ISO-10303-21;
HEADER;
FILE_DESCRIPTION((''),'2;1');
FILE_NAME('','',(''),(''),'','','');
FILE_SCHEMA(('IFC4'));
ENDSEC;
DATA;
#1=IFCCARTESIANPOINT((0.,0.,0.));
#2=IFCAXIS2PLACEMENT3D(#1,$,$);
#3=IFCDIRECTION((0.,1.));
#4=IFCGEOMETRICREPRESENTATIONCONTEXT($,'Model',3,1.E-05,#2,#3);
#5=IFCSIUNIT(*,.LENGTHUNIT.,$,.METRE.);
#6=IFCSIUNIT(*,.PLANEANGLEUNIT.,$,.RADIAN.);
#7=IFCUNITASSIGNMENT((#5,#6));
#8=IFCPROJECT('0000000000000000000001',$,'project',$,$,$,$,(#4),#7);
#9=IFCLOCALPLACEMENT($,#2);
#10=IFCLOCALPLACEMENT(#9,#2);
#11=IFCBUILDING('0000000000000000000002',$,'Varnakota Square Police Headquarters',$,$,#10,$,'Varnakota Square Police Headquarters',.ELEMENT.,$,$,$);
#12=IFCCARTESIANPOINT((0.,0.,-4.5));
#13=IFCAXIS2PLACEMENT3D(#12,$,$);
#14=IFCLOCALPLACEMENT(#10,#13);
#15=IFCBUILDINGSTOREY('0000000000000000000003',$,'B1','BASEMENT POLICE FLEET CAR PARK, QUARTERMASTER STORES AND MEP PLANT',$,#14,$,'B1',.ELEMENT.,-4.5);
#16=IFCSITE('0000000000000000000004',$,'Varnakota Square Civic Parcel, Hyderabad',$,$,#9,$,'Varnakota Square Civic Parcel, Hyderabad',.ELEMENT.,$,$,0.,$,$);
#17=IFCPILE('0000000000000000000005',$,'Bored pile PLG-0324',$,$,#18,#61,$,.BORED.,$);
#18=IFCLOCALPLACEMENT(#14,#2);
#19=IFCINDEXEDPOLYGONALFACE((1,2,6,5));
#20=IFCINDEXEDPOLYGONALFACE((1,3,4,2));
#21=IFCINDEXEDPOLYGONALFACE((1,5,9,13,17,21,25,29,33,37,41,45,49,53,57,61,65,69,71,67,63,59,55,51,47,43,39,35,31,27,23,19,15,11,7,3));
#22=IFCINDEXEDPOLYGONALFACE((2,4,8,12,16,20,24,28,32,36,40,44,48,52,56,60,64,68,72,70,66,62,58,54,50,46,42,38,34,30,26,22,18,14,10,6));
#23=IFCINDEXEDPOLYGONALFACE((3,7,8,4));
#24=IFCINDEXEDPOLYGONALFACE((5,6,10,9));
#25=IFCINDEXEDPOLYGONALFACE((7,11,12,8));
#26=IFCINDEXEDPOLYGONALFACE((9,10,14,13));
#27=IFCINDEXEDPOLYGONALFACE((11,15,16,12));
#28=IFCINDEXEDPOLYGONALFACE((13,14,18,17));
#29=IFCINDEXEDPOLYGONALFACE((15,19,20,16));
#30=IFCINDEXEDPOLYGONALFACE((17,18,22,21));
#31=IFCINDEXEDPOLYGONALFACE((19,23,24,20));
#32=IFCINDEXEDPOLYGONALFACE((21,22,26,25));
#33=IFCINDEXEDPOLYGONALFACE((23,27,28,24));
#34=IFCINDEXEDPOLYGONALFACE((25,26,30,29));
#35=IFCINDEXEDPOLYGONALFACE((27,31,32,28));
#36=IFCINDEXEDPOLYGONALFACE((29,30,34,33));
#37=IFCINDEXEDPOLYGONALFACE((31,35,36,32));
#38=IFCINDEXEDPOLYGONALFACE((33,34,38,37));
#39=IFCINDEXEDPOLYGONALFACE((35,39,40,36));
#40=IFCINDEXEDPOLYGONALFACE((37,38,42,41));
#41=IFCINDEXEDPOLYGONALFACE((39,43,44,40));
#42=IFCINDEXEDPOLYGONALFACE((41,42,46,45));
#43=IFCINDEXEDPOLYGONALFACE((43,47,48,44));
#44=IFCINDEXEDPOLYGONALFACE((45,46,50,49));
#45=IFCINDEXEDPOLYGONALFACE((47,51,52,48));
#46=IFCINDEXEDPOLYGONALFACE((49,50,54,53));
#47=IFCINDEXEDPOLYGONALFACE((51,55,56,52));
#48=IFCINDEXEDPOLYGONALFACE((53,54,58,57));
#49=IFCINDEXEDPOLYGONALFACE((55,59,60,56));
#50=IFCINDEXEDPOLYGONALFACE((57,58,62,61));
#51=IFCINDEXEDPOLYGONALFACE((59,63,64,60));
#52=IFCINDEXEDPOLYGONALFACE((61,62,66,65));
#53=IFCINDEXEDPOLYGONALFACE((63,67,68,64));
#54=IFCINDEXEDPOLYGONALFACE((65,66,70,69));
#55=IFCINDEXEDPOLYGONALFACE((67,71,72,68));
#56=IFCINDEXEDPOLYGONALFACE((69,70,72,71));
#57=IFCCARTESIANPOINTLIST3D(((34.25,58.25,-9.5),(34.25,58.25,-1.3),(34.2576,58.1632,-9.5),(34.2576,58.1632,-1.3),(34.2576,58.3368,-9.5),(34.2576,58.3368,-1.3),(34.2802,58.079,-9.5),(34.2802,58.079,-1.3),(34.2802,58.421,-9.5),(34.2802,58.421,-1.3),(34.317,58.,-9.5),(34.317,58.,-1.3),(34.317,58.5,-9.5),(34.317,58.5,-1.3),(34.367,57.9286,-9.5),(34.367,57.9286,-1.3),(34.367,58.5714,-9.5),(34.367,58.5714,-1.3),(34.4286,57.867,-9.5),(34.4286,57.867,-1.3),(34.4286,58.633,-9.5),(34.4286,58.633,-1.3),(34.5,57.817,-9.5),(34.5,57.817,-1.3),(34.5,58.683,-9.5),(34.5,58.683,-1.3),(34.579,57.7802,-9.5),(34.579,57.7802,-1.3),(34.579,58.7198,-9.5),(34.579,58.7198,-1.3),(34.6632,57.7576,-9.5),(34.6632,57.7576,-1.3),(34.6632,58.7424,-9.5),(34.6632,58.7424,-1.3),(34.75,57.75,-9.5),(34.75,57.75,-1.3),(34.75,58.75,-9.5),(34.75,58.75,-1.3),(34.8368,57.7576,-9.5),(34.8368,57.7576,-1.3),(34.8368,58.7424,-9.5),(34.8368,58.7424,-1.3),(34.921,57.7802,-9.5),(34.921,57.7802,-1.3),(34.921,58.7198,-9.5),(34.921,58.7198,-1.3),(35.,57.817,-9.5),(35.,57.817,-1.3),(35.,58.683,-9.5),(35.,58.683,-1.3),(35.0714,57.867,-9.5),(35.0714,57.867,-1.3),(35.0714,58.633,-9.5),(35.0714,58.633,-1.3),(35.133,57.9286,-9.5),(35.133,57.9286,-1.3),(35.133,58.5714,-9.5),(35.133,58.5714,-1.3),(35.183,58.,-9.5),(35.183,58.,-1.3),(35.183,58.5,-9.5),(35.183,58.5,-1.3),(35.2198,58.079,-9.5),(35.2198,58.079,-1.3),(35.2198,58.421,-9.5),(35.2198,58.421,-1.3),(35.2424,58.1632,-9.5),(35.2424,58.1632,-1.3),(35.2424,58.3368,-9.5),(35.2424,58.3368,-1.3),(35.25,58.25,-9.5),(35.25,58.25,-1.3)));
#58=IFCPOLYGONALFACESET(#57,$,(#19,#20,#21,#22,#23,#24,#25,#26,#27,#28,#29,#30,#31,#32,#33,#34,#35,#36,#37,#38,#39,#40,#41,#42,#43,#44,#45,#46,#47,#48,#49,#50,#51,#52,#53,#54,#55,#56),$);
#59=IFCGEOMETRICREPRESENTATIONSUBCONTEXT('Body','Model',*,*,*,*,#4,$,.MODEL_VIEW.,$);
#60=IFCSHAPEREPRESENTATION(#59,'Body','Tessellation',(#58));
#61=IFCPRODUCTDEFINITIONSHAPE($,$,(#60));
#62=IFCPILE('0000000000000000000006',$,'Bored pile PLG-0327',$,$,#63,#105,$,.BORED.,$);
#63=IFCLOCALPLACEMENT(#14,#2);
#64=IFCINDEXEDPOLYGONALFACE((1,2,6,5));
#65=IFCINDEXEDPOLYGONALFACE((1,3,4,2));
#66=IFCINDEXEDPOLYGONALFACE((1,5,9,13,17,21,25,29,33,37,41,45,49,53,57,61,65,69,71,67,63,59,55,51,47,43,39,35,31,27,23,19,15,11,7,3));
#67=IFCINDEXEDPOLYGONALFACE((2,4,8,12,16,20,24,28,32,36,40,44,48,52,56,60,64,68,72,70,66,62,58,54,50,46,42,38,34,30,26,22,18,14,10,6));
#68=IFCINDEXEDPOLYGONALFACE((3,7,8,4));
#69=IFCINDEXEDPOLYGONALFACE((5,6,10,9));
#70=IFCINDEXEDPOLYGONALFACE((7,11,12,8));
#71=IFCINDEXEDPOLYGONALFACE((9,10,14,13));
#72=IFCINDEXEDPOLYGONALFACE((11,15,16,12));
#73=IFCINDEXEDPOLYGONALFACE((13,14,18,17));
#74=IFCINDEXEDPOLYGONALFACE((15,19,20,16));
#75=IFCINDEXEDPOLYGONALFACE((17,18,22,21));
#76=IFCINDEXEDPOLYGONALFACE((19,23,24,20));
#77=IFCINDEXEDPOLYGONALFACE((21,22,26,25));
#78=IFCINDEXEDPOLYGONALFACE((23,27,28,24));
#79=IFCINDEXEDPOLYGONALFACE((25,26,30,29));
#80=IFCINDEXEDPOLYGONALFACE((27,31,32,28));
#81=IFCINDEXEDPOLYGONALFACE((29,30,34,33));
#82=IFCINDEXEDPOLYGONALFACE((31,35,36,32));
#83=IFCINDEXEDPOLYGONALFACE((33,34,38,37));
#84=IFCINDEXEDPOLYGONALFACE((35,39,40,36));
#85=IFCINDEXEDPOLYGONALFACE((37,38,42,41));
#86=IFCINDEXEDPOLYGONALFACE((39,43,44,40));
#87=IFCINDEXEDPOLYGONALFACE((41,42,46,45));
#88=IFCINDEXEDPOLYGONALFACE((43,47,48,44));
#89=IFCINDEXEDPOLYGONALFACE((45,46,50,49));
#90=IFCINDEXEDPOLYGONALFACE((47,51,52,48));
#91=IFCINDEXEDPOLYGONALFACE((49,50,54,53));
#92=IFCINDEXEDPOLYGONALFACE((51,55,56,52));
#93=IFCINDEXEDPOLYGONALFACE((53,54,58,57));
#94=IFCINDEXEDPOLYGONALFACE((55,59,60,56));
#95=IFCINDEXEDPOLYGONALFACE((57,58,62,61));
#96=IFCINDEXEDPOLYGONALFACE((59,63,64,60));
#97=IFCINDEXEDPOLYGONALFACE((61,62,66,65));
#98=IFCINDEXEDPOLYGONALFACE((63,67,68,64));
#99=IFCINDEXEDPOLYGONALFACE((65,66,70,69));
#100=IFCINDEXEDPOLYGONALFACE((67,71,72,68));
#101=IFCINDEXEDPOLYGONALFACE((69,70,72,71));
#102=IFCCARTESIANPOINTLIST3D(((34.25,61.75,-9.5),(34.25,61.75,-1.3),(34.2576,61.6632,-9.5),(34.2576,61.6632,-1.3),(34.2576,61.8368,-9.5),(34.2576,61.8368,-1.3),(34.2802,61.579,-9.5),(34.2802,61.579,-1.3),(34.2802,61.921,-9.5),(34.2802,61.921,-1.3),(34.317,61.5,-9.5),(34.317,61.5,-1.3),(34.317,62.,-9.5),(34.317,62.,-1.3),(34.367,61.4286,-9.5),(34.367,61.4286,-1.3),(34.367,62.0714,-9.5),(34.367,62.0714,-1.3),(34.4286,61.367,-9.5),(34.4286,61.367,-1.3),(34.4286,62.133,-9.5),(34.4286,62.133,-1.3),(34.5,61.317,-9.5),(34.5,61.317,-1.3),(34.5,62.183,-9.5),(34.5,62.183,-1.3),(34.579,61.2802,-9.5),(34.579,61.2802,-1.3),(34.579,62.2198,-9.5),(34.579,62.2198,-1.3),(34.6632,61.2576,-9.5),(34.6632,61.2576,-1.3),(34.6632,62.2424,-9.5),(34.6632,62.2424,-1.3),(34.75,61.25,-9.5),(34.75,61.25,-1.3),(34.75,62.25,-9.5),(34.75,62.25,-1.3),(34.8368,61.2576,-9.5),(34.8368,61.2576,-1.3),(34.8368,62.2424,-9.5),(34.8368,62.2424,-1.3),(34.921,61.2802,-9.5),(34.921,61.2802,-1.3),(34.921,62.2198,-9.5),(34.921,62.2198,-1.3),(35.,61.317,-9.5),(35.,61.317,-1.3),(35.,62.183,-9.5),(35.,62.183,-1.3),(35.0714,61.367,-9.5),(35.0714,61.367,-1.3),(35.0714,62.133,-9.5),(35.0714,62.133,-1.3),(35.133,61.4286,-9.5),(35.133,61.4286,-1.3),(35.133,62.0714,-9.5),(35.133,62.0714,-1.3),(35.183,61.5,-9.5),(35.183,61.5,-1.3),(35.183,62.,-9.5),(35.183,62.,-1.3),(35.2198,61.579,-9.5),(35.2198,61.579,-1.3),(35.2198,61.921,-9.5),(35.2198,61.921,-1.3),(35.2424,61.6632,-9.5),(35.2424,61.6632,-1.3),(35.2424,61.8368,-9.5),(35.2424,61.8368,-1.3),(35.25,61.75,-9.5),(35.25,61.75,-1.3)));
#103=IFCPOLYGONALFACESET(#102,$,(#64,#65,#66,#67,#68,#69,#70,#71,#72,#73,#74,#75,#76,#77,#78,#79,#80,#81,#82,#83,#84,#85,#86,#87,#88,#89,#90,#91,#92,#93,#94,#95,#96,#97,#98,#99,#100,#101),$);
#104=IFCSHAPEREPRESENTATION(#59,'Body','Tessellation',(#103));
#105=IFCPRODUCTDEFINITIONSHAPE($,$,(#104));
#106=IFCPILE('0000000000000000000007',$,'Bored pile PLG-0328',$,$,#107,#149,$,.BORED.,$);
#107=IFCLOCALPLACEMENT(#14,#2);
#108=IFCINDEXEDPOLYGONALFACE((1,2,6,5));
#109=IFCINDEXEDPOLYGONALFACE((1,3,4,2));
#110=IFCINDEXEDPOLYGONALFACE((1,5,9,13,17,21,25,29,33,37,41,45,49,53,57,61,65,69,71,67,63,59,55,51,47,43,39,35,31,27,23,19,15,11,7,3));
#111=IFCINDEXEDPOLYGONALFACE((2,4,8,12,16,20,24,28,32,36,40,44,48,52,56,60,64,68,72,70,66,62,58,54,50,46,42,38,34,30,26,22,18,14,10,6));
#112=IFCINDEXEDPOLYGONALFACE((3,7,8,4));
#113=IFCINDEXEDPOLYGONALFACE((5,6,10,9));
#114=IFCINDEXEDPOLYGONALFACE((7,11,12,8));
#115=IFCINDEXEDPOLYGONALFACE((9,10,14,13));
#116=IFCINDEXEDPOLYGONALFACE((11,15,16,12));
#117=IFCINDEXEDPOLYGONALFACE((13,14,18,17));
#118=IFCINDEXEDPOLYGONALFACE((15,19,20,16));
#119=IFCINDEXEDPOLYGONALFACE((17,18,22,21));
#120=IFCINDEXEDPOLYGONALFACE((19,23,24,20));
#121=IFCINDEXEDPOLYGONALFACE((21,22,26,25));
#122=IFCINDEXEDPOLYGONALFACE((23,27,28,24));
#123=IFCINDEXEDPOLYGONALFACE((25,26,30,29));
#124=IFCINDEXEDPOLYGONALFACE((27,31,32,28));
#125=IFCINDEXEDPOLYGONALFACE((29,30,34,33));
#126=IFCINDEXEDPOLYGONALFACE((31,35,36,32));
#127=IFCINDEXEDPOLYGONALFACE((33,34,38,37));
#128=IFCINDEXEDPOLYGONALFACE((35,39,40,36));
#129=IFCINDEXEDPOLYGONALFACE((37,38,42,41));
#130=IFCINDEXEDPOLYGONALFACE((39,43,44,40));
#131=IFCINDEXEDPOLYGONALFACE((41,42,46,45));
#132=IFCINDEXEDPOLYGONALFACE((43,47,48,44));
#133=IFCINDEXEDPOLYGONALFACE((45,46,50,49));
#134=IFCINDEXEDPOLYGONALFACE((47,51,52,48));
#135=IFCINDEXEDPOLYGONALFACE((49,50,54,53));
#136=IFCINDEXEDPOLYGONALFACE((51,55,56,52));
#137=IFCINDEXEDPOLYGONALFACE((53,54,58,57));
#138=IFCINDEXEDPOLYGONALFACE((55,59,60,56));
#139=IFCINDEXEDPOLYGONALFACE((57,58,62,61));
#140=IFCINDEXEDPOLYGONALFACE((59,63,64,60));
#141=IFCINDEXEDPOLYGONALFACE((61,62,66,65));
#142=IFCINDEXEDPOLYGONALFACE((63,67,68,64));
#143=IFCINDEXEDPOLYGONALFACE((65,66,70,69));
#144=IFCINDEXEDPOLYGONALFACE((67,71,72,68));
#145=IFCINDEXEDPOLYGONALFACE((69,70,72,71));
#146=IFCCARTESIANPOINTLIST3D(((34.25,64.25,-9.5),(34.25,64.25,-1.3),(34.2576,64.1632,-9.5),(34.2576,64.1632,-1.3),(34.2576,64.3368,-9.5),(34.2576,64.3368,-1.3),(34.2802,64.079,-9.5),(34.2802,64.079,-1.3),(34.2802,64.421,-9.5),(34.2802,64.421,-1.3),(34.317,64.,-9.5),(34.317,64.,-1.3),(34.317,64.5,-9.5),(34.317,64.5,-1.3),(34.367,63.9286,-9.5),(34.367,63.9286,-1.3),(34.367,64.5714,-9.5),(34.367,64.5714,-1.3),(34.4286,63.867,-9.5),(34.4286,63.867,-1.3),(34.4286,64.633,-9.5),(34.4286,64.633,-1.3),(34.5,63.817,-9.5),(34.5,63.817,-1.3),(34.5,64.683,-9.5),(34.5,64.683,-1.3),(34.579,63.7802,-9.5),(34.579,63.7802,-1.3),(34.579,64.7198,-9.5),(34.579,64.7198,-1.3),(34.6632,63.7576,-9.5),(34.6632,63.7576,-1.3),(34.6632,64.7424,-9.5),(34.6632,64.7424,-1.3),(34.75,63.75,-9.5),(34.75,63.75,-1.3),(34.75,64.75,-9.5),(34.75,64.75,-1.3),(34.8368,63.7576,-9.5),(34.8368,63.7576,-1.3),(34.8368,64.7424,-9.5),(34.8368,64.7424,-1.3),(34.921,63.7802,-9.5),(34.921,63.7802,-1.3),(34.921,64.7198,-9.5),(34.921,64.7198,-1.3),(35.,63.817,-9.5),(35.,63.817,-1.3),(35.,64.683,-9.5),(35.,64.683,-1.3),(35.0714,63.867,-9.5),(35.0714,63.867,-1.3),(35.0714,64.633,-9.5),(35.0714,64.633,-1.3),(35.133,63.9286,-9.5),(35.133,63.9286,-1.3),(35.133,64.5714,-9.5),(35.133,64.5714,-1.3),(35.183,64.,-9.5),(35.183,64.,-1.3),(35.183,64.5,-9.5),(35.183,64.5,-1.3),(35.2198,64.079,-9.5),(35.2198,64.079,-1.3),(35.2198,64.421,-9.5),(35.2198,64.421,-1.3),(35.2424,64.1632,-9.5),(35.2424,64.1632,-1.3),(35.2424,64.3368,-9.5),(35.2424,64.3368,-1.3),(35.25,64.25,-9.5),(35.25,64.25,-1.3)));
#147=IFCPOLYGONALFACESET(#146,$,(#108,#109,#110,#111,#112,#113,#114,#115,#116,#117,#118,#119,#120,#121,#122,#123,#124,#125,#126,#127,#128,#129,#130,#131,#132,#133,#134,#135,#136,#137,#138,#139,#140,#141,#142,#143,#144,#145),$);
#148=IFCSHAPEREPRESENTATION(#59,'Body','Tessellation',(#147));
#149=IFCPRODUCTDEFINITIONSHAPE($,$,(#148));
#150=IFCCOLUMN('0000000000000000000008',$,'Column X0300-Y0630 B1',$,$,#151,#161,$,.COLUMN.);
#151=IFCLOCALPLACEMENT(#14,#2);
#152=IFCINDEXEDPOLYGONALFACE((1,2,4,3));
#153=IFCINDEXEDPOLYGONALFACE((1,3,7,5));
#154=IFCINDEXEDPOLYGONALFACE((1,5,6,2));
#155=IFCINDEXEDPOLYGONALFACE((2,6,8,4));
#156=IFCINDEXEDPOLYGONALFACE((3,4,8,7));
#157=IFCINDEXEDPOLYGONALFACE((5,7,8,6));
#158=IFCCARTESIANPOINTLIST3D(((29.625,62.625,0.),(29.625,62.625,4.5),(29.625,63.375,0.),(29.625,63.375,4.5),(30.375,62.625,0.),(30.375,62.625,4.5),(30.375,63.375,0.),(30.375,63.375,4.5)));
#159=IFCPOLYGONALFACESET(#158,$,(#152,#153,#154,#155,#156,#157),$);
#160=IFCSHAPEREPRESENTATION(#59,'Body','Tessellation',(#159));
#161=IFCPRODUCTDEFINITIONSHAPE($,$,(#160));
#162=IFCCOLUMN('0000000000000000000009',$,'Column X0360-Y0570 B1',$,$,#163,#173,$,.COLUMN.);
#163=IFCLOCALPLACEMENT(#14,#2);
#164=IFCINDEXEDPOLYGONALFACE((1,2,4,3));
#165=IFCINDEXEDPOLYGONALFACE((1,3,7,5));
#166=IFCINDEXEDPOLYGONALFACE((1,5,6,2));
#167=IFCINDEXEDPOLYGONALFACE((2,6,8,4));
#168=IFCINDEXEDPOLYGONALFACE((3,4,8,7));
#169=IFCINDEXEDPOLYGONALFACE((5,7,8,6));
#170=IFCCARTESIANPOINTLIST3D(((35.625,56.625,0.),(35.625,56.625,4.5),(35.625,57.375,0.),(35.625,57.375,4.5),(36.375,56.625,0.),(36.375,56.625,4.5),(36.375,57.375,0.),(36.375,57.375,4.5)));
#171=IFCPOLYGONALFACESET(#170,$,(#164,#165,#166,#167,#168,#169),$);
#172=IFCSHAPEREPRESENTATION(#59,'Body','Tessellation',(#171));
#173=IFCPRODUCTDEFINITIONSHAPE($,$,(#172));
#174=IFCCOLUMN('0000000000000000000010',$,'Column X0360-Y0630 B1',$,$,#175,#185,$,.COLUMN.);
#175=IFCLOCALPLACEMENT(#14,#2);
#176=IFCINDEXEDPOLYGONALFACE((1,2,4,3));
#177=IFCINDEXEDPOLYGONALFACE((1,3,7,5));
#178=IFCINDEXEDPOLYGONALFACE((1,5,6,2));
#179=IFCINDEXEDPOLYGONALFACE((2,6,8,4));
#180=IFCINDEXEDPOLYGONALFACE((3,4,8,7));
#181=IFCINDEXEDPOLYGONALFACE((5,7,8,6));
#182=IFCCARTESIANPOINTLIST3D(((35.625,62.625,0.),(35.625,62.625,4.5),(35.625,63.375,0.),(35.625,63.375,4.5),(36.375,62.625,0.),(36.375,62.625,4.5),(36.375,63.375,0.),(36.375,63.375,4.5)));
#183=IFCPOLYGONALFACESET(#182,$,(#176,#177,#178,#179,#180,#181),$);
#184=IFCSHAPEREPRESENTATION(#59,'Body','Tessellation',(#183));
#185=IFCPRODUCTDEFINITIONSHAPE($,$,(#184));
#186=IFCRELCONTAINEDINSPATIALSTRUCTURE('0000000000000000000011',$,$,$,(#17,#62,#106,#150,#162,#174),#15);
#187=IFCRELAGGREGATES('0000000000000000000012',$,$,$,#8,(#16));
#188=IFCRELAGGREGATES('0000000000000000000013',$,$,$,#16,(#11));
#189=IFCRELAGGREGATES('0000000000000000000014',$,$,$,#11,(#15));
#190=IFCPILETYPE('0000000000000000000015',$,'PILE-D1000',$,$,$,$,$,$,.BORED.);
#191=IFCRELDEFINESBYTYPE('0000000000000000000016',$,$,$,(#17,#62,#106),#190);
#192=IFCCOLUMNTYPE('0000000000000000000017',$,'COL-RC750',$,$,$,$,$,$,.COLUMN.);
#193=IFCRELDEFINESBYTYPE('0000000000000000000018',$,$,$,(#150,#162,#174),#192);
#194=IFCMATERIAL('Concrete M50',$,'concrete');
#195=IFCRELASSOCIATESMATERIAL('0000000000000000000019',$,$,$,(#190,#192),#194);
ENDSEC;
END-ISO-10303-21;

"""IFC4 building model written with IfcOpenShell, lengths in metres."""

from ifc_helpers import new_model, si_unit, direction, frame, origin, origin_2d, place, context, subcontext, project, spatial, rectangle, circle, extrude, material, material_profile, profile_set, type_object, element, save


model = new_model("IFC4")

# Units and contexts
model_context = context("Model", 3, precision=1e-05, world=origin(), true_north=direction((0.0, 1.0)))
body_context = subcontext(model_context, "Body", "Model", "MODEL_VIEW")
ifc_project = project(units=[si_unit("LENGTHUNIT", "METRE"), si_unit("PLANEANGLEUNIT", "RADIAN")], contexts=[model_context])

# Site, building, storey
site_placement = place(None, origin())
site = spatial("IfcSite", under=ifc_project, at=site_placement, Name="Varnakota Square Civic Parcel, Hyderabad", LongName="Varnakota Square Civic Parcel, Hyderabad", CompositionType="ELEMENT", RefElevation=0.0)
building_placement = place(site_placement, origin())
building = spatial("IfcBuilding", under=site, at=building_placement, Name="Varnakota Square Police Headquarters", LongName="Varnakota Square Police Headquarters", CompositionType="ELEMENT")
storey_placement = place(building_placement, frame((0.0, 0.0, -4.5)))
storey = spatial("IfcBuildingStorey", under=building, at=storey_placement, Name="B1", Description="BASEMENT POLICE FLEET CAR PARK, QUARTERMASTER STORES AND MEP PLANT", LongName="B1", CompositionType="ELEMENT", Elevation=-4.5)

# Shared definitions
ifc_material_1 = material(Name="Concrete M50", Category="concrete")

# Piles
ifc_material_profile_1 = material_profile(ifc_material_1, circle(Radius=0.5, at=origin_2d()), Name="BORED PILE 1000")
ifc_profile_set_1 = profile_set([ifc_material_profile_1], Name="Concrete M50")
pile_type = type_object("IfcPileType", Name="PILE-D1000", PredefinedType="BORED", material=ifc_profile_set_1)
for number, where, z_axis, x_axis, name in (
    (1, (34.75, 58.25, -1.3), (0.0, 0.0, -1.0), (1.0, 0.0, 0.0), "Bored pile PLG-0324"),
    (2, (34.75, 61.75, -1.3), (0.0, 0.0, -1.0), (1.0, 0.0, 0.0), "Bored pile PLG-0327"),
    (3, (34.75, 64.25, -1.3), (0.0, 0.0, -1.0), (1.0, 0.0, 0.0), "Bored pile PLG-0328"),
):
    element("IfcPile", number, at=place(storey_placement, frame(where, z_axis=z_axis, x_axis=x_axis)), inside=storey, type_object=pile_type, Name=name, PredefinedType="BORED", context=body_context, shape_type="SweptSolid", body=[
        extrude(circle(Radius=0.5, at=origin_2d()), origin(), (0.0, 0.0, 1.0), 8.2),
    ])

# Columns
ifc_material_profile_2 = material_profile(ifc_material_1, rectangle(XDim=0.75, YDim=0.75, at=origin_2d()), Name="RC 750x750")
ifc_profile_set_2 = profile_set([ifc_material_profile_2], Name="Concrete M50")
column_type = type_object("IfcColumnType", Name="COL-RC750", PredefinedType="COLUMN", material=ifc_profile_set_2)
for number, where, z_axis, x_axis, name in (
    (4, (30.0, 63.0, 0.0), (0.0, 0.0, 1.0), (1.0, 0.0, 0.0), "Column X0300-Y0630 B1"),
    (5, (36.0, 57.0, 0.0), (0.0, 0.0, 1.0), (1.0, 0.0, 0.0), "Column X0360-Y0570 B1"),
    (6, (36.0, 63.0, 0.0), (0.0, 0.0, 1.0), (1.0, 0.0, 0.0), "Column X0360-Y0630 B1"),
):
    element("IfcColumn", number, at=place(storey_placement, frame(where, z_axis=z_axis, x_axis=x_axis)), inside=storey, type_object=column_type, Name=name, PredefinedType="COLUMN", context=body_context, shape_type="SweptSolid", body=[
        extrude(rectangle(XDim=0.75, YDim=0.75, at=origin_2d()), origin(), (0.0, 0.0, 1.0), 4.5),
    ])

save(model, "model.ifc")
